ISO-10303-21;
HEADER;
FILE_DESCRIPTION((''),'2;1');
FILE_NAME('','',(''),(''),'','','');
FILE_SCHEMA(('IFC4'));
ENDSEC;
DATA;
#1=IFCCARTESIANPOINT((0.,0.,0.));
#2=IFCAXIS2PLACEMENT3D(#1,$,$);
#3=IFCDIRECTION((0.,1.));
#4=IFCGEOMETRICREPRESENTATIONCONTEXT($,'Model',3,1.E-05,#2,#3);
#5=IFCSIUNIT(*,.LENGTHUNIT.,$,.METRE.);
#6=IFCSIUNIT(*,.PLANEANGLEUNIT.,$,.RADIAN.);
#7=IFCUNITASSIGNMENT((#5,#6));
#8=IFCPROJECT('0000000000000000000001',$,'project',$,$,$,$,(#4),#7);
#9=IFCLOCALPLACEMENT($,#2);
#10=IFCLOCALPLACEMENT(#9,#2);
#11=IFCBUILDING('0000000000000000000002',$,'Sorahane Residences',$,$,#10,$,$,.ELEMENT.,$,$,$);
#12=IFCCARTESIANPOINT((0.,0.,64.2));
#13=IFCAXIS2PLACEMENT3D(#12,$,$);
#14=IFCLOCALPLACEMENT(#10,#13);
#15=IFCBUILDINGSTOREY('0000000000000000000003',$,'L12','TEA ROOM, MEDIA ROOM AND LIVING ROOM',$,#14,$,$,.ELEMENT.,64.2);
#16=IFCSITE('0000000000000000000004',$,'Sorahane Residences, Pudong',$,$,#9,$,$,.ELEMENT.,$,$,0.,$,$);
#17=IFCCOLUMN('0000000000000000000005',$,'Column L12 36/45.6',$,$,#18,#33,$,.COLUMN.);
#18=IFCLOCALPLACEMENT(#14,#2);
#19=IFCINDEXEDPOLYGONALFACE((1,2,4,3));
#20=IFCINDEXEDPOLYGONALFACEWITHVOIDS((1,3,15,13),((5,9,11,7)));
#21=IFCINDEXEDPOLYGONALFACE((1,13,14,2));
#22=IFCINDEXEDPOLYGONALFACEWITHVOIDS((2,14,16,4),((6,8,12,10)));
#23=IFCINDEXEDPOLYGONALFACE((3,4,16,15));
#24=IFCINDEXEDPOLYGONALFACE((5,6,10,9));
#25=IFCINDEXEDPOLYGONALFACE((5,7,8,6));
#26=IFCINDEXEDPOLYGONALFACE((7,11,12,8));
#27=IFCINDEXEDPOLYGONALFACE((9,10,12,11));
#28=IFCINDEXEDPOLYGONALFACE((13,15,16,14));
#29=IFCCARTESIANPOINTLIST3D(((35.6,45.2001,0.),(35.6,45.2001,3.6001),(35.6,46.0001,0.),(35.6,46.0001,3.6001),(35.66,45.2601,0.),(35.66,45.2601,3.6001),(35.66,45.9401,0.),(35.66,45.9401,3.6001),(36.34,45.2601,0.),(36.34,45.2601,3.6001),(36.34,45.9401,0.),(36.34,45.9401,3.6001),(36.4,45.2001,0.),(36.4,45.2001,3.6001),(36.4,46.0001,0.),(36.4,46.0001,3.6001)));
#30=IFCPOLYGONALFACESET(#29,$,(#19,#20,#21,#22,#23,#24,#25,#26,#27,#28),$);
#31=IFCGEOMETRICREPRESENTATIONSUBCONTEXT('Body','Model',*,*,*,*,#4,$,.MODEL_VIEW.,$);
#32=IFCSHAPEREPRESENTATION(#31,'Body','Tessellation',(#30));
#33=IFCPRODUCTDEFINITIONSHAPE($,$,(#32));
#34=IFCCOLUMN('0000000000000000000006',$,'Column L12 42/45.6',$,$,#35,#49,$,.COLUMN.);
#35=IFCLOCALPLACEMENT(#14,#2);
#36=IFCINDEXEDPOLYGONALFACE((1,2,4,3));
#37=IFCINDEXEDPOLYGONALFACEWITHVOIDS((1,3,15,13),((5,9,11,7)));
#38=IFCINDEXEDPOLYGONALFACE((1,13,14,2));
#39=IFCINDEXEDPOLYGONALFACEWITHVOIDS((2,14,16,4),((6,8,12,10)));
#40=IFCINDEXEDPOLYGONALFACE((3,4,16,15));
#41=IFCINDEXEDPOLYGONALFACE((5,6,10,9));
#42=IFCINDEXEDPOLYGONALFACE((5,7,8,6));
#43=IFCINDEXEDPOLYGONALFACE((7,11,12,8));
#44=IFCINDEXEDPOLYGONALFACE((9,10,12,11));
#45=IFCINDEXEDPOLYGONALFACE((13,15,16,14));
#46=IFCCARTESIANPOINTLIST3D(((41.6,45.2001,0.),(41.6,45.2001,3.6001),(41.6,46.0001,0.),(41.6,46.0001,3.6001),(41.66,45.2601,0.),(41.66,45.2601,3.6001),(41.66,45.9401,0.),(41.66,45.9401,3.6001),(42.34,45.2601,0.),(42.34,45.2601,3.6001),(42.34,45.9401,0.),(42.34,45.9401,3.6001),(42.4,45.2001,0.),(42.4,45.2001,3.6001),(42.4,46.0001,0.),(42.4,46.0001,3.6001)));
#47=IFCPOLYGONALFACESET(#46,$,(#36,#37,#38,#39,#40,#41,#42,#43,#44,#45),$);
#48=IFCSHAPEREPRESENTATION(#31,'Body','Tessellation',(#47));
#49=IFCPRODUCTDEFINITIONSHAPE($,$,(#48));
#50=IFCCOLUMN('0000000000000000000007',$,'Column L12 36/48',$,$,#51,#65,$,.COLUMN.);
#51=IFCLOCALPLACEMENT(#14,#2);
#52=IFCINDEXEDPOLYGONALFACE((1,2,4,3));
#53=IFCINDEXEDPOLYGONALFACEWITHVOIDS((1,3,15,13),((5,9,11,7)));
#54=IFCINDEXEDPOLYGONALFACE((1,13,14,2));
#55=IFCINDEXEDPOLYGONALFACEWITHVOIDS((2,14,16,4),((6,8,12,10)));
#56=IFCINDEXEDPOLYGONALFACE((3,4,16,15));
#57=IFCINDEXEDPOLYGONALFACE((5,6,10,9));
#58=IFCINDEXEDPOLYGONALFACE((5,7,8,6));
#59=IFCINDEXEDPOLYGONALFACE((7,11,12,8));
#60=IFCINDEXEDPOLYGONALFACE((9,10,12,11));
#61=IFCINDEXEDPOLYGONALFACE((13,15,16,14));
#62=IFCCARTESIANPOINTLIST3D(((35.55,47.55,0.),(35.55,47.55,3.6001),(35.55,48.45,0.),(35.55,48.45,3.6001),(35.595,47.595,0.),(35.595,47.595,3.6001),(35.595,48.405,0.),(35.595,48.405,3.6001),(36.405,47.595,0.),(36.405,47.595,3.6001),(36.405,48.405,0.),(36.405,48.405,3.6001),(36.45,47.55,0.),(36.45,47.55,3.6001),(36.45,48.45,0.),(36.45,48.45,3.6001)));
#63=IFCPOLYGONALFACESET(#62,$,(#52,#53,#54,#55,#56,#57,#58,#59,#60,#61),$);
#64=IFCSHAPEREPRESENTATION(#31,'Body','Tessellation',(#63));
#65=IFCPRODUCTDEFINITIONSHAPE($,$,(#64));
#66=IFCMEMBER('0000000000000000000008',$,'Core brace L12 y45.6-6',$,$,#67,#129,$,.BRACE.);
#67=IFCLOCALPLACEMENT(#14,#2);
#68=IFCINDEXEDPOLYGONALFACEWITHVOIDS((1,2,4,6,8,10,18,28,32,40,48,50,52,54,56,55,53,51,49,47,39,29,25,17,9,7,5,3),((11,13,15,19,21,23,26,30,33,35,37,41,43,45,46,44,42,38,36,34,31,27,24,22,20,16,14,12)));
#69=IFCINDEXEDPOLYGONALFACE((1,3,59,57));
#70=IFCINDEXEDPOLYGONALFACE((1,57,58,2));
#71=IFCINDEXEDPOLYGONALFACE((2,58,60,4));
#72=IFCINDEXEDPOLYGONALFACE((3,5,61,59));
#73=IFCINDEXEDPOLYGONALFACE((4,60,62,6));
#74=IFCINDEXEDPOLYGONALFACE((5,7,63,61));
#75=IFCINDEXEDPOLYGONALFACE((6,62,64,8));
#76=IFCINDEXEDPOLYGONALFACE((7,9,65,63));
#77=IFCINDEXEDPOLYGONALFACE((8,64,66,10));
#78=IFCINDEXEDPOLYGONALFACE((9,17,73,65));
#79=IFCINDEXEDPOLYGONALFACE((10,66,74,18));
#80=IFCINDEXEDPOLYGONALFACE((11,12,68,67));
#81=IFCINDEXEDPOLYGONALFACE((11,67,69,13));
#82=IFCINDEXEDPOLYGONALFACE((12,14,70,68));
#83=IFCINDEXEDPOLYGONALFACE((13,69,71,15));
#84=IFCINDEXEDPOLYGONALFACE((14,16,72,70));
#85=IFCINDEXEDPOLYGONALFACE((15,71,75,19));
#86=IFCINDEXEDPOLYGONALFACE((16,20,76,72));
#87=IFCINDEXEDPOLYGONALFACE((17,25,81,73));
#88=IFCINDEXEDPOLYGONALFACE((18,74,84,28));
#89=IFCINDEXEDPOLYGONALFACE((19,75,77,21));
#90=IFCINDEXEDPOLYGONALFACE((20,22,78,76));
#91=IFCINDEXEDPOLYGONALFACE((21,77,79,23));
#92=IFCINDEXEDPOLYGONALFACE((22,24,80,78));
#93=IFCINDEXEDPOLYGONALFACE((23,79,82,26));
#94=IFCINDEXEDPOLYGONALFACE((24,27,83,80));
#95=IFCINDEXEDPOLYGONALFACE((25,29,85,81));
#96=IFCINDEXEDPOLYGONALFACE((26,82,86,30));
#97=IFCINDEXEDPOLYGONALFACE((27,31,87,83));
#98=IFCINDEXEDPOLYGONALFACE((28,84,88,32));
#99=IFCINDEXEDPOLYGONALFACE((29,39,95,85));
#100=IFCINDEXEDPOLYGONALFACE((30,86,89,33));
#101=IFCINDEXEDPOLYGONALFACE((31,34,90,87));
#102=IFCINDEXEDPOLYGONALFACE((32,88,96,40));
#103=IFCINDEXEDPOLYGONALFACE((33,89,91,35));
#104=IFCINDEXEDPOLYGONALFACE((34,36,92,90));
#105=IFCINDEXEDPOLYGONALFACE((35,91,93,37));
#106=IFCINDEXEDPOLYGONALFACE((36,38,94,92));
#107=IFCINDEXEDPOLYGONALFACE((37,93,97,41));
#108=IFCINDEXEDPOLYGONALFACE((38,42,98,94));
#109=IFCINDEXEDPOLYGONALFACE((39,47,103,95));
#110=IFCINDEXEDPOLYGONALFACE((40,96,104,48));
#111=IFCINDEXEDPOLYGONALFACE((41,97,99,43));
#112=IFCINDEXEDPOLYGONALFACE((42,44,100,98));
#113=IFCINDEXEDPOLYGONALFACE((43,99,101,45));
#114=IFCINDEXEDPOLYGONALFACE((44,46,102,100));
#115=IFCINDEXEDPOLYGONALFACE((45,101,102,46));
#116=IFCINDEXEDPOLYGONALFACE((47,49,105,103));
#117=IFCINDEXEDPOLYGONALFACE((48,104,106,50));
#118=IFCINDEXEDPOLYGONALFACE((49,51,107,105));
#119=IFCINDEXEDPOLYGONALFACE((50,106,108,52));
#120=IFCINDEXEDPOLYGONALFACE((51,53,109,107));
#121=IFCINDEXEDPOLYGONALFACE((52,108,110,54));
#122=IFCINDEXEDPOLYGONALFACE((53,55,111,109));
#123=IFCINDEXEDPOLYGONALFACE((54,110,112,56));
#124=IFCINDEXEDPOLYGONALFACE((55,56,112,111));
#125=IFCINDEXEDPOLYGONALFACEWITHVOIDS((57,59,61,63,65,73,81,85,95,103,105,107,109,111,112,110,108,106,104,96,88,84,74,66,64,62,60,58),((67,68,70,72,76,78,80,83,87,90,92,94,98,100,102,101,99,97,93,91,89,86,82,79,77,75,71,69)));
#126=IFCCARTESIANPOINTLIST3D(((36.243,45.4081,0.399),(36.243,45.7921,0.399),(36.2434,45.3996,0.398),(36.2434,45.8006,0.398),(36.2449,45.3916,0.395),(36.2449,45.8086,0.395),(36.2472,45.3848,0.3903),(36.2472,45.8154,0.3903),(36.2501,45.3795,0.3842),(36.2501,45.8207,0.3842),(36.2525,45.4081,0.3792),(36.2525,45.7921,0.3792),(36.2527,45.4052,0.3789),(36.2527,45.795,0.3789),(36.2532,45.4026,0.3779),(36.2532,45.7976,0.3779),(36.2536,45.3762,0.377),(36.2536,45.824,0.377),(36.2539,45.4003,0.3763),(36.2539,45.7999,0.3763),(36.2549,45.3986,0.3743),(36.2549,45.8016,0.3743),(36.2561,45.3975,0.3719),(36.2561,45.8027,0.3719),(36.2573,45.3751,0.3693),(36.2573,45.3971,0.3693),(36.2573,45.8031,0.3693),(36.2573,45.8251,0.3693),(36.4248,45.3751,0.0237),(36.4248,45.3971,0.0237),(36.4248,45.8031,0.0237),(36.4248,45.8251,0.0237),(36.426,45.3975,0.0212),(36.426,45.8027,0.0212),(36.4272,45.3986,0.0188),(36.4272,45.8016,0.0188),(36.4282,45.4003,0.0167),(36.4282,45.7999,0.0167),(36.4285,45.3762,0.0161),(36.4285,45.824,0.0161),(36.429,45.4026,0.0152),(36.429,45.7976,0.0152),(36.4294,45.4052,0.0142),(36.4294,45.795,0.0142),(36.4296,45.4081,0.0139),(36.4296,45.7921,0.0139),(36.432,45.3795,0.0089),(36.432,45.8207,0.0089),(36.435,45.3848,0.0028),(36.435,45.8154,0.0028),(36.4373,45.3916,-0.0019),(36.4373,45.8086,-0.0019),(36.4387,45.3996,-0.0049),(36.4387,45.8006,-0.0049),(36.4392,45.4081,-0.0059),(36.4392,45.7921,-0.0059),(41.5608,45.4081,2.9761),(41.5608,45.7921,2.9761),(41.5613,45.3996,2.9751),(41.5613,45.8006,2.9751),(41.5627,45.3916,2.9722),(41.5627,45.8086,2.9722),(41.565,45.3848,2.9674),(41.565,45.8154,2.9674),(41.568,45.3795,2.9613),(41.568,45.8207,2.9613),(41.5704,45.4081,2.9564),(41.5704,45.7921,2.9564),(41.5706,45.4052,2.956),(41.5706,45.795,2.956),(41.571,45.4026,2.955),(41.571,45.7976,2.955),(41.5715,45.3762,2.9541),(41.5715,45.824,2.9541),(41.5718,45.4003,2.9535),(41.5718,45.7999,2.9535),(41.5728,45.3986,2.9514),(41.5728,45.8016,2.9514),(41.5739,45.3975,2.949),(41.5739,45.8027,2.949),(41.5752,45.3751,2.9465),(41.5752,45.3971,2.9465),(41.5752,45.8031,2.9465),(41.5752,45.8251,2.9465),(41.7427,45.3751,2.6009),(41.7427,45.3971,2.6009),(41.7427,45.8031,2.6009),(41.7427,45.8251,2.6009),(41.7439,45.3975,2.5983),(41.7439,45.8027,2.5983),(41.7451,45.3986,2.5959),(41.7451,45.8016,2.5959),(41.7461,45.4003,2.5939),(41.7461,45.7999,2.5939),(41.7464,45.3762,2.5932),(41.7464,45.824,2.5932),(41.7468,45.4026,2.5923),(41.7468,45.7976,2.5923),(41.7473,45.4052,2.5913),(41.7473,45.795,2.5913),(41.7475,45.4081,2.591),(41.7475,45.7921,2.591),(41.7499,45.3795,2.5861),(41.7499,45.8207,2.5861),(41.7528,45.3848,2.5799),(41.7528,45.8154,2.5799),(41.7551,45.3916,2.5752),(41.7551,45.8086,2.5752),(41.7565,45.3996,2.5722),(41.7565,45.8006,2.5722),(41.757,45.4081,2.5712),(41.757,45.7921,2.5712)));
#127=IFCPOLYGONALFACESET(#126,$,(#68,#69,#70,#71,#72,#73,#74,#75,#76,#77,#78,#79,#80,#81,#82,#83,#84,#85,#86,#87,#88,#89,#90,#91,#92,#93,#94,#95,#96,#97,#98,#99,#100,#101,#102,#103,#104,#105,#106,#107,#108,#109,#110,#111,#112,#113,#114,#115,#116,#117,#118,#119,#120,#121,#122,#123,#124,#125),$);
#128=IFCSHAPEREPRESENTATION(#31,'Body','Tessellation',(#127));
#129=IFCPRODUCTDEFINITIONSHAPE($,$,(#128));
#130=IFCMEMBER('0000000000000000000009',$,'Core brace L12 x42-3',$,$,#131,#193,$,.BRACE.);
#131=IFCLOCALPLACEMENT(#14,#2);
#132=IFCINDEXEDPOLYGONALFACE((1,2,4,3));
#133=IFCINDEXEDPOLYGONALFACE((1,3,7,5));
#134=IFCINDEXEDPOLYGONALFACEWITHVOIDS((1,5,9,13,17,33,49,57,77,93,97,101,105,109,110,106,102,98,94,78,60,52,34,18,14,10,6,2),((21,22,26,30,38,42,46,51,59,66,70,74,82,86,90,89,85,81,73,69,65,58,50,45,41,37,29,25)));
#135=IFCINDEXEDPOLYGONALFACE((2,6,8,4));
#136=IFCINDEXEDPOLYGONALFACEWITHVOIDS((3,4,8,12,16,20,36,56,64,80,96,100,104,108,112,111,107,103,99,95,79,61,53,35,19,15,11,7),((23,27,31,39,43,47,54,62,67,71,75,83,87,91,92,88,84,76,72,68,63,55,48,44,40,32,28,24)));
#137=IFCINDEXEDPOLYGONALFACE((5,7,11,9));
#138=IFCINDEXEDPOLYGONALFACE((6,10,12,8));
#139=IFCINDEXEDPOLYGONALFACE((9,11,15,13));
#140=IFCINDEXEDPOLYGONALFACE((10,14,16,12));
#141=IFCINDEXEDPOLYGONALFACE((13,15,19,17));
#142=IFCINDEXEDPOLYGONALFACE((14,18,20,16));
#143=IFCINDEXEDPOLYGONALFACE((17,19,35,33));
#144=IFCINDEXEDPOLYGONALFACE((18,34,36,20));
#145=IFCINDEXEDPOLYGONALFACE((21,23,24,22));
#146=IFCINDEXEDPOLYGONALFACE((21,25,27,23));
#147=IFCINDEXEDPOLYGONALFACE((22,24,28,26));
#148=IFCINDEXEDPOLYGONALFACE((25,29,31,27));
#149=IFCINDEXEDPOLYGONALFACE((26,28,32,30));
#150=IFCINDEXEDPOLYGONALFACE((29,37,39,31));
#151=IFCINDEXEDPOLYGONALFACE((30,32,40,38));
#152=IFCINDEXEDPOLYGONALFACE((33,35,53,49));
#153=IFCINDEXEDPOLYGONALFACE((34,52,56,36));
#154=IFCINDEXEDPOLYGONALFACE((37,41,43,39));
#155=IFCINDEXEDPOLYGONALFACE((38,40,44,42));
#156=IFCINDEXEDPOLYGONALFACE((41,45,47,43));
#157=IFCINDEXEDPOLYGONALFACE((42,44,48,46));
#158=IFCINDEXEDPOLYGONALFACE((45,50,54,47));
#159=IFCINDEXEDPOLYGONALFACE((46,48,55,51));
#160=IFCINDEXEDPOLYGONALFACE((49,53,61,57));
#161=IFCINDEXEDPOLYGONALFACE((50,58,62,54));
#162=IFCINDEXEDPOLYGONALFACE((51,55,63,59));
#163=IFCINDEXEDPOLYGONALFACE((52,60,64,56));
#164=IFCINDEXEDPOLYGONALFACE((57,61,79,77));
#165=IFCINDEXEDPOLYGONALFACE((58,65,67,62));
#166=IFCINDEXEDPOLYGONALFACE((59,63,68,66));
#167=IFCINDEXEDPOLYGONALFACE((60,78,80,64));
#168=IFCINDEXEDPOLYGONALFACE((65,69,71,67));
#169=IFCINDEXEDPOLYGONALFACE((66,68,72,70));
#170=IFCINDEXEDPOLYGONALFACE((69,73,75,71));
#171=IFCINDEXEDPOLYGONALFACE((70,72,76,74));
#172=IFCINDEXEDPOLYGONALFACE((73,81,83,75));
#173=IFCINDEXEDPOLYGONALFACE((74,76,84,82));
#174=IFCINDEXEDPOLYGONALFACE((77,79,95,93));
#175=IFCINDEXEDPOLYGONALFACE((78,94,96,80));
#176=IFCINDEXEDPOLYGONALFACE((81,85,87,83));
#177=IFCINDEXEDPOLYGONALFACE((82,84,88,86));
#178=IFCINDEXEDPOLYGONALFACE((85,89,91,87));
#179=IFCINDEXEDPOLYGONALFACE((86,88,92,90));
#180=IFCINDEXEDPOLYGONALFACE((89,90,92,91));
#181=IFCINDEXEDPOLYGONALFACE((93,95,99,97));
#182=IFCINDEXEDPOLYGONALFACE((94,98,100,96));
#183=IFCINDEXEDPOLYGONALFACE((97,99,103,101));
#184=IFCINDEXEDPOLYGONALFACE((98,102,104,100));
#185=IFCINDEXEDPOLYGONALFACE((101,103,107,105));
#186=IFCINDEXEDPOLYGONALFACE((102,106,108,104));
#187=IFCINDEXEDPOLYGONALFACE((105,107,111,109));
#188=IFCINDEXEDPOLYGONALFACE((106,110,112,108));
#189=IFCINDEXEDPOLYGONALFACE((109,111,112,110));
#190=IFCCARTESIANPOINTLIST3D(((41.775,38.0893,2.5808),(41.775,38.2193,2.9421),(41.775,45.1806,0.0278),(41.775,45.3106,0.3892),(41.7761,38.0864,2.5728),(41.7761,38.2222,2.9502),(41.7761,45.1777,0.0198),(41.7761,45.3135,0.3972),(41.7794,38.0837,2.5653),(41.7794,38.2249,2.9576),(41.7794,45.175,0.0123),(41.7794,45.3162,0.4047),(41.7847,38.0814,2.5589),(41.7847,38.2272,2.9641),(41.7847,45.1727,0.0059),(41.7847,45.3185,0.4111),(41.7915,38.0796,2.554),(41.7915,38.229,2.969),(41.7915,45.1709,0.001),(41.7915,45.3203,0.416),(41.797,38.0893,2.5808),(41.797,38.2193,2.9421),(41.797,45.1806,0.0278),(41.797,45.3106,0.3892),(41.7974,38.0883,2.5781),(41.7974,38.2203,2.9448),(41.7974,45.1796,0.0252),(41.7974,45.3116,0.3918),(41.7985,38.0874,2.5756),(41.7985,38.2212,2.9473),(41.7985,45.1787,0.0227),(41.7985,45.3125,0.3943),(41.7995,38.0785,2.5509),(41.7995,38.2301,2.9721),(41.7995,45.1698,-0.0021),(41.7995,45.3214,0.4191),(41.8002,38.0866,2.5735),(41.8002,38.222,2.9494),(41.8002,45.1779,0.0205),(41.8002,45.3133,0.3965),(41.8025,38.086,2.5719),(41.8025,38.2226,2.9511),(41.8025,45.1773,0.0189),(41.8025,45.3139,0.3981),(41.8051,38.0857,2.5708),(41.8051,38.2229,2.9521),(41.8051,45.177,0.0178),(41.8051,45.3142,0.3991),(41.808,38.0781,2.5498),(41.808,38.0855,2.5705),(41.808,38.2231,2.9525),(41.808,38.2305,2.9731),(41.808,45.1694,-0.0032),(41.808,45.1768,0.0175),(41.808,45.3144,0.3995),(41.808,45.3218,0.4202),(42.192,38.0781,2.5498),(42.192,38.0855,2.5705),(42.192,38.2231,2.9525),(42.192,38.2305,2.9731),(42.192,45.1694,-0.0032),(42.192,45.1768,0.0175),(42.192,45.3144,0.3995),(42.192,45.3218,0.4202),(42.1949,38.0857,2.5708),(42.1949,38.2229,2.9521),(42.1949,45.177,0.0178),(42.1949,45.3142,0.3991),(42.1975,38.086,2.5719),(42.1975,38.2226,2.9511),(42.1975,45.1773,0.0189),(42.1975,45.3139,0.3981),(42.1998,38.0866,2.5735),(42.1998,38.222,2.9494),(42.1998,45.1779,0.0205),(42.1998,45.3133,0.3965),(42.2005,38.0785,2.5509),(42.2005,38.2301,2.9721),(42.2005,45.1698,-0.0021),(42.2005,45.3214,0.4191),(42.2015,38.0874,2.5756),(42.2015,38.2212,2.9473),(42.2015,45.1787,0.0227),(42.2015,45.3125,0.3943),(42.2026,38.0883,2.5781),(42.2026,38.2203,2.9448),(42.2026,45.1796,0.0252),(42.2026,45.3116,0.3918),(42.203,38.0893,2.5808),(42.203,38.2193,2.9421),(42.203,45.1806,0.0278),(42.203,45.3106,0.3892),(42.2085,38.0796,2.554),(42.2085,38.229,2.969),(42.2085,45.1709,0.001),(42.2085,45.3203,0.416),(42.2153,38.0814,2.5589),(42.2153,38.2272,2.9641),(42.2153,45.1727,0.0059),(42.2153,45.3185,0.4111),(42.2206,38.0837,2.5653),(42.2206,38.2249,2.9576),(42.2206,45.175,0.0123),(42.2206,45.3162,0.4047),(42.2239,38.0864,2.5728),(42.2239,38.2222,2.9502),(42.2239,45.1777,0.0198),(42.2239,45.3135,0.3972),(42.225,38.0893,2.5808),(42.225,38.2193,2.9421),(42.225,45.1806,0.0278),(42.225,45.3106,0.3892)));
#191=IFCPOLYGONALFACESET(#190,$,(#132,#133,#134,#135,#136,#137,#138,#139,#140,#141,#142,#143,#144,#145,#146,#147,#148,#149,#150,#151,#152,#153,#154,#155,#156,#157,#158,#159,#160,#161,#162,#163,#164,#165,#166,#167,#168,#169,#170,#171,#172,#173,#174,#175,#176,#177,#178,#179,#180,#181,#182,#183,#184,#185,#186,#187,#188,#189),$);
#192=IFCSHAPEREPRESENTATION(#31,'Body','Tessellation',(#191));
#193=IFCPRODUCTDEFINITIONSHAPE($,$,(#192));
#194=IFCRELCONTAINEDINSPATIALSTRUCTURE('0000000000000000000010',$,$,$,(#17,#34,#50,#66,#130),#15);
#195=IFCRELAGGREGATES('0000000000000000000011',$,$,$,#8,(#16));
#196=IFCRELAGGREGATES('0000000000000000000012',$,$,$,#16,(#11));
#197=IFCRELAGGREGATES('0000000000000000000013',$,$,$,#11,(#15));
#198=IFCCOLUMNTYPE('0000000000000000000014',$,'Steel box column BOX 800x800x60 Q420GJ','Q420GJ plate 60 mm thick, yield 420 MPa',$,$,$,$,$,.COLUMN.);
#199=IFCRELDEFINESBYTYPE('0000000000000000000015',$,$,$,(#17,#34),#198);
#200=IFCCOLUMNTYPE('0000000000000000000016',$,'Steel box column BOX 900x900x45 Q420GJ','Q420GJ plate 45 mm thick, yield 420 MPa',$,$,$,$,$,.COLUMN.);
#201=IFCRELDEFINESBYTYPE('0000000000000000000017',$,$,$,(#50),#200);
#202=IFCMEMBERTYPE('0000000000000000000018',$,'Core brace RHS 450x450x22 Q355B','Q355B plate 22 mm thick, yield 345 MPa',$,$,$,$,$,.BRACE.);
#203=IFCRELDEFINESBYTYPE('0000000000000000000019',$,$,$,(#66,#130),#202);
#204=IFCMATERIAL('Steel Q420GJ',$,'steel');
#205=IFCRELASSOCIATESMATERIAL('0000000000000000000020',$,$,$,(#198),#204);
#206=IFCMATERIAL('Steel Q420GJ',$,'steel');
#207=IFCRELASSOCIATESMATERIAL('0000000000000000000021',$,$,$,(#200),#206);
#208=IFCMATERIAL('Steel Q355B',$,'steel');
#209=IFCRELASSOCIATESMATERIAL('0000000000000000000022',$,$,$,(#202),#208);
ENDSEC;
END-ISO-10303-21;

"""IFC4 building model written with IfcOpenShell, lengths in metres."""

from ifc_helpers import new_model, si_unit, direction, frame, origin, origin_2d, place, context, subcontext, project, spatial, hollow_rectangle, extrude, material, material_profile, profile_set, type_object, element, save


model = new_model("IFC4")

# Units and contexts
model_context = context("Model", 3, precision=1e-05, world=origin(), true_north=direction((0.0, 1.0)))
body_context = subcontext(model_context, "Body", "Model", "MODEL_VIEW")
ifc_project = project(units=[si_unit("LENGTHUNIT", "METRE"), si_unit("PLANEANGLEUNIT", "RADIAN")], contexts=[model_context])

# Site, building, storey
site_placement = place(None, origin())
site = spatial("IfcSite", under=ifc_project, at=site_placement, Name="Sorahane Residences, Pudong", CompositionType="ELEMENT", RefElevation=0.0)
building_placement = place(site_placement, origin())
building = spatial("IfcBuilding", under=site, at=building_placement, Name="Sorahane Residences", CompositionType="ELEMENT")
storey_placement = place(building_placement, frame((0.0, 0.0, 64.2)))
storey = spatial("IfcBuildingStorey", under=building, at=storey_placement, Name="L12", Description="TEA ROOM, MEDIA ROOM AND LIVING ROOM", CompositionType="ELEMENT", Elevation=64.2)

# Columns
ifc_material_1 = material(Name="Steel Q420GJ", Category="steel")
ifc_material_profile_1 = material_profile(ifc_material_1, hollow_rectangle(XDim=0.8, YDim=0.8, WallThickness=0.0601, at=origin_2d()), Name="BOX 800x800x60")
ifc_profile_set_1 = profile_set([ifc_material_profile_1], Name="Steel Q420GJ")
column_type_1 = type_object("IfcColumnType", Name="Steel box column BOX 800x800x60 Q420GJ", Description="Q420GJ plate 60 mm thick, yield 420 MPa", PredefinedType="COLUMN", material=ifc_profile_set_1)
for number, where, z_axis, x_axis, name in (
    (1, (36.0, 45.6001, 0.0), (0.0, 0.0, 1.0), (1.0, 0.0, 0.0), "Column L12 36/45.6"),
    (2, (42.0, 45.6001, 0.0), (0.0, 0.0, 1.0), (1.0, 0.0, 0.0), "Column L12 42/45.6"),
):
    element("IfcColumn", number, at=place(storey_placement, frame(where, z_axis=z_axis, x_axis=x_axis)), inside=storey, type_object=column_type_1, Name=name, PredefinedType="COLUMN", context=body_context, shape_type="SweptSolid", body=[
        extrude(hollow_rectangle(XDim=0.8, YDim=0.8, WallThickness=0.0601, at=origin_2d()), origin(), (0.0, 0.0, 1.0), 3.6001),
    ])
ifc_material_2 = material(Name="Steel Q420GJ", Category="steel")
ifc_material_profile_2 = material_profile(ifc_material_2, hollow_rectangle(XDim=0.8999, YDim=0.8999, WallThickness=0.0449, at=origin_2d()), Name="BOX 900x900x45")
ifc_profile_set_2 = profile_set([ifc_material_profile_2], Name="Steel Q420GJ")
column_type_2 = type_object("IfcColumnType", Name="Steel box column BOX 900x900x45 Q420GJ", Description="Q420GJ plate 45 mm thick, yield 420 MPa", PredefinedType="COLUMN", material=ifc_profile_set_2)
column_placement = place(storey_placement, frame((36.0, 48.0, 0.0), z_axis=(0.0, 0.0, 1.0), x_axis=(1.0, 0.0, 0.0)))
element("IfcColumn", 3, at=column_placement, inside=storey, type_object=column_type_2, Name="Column L12 36/48", PredefinedType="COLUMN", context=body_context, shape_type="SweptSolid", body=[
    extrude(hollow_rectangle(XDim=0.8999, YDim=0.8999, WallThickness=0.0449, at=origin_2d()), origin(), (0.0, 0.0, 1.0), 3.6001),
])

# Members
ifc_material_3 = material(Name="Steel Q355B", Category="steel")
ifc_material_profile_3 = material_profile(ifc_material_3, hollow_rectangle(XDim=0.45, YDim=0.45, WallThickness=0.022, InnerFilletRadius=0.011, OuterFilletRadius=0.033, at=origin_2d()), Name="RHS 450x450x22")
ifc_profile_set_3 = profile_set([ifc_material_profile_3], Name="Steel Q355B")
member_type_1 = type_object("IfcMemberType", Name="Core brace RHS 450x450x22 Q355B", Description="Q355B plate 22 mm thick, yield 345 MPa", PredefinedType="BRACE", material=ifc_profile_set_3)
member_1_placement = place(storey_placement, frame((36.3411, 45.6001, 0.1965), z_axis=(0.899895, 0.0, 0.436107), x_axis=(0.0, 1.0, 0.0)))
element("IfcMember", 4, at=member_1_placement, inside=storey, type_object=member_type_1, Name="Core brace L12 y45.6-6", PredefinedType="BRACE", context=body_context, shape_type="SweptSolid", body=[
    extrude(hollow_rectangle(XDim=0.45, YDim=0.45, WallThickness=0.022, InnerFilletRadius=0.011, OuterFilletRadius=0.033, at=origin_2d()), origin(), (0.0, 0.0, 1.0), 5.9094),
])
member_2_placement = place(storey_placement, frame((42.0, 45.2456, 0.2085), z_axis=(0.0, -0.940883, 0.338732), x_axis=(1.0, 0.0, 0.0)))
element("IfcMember", 5, at=member_2_placement, inside=storey, type_object=member_type_1, Name="Core brace L12 x42-3", PredefinedType="BRACE", context=body_context, shape_type="SweptSolid", body=[
    extrude(hollow_rectangle(XDim=0.45, YDim=0.45, WallThickness=0.022, InnerFilletRadius=0.011, OuterFilletRadius=0.033, at=origin_2d()), origin(), (0.0, 0.0, 1.0), 7.5369),
])

save(model, "model.ifc")
